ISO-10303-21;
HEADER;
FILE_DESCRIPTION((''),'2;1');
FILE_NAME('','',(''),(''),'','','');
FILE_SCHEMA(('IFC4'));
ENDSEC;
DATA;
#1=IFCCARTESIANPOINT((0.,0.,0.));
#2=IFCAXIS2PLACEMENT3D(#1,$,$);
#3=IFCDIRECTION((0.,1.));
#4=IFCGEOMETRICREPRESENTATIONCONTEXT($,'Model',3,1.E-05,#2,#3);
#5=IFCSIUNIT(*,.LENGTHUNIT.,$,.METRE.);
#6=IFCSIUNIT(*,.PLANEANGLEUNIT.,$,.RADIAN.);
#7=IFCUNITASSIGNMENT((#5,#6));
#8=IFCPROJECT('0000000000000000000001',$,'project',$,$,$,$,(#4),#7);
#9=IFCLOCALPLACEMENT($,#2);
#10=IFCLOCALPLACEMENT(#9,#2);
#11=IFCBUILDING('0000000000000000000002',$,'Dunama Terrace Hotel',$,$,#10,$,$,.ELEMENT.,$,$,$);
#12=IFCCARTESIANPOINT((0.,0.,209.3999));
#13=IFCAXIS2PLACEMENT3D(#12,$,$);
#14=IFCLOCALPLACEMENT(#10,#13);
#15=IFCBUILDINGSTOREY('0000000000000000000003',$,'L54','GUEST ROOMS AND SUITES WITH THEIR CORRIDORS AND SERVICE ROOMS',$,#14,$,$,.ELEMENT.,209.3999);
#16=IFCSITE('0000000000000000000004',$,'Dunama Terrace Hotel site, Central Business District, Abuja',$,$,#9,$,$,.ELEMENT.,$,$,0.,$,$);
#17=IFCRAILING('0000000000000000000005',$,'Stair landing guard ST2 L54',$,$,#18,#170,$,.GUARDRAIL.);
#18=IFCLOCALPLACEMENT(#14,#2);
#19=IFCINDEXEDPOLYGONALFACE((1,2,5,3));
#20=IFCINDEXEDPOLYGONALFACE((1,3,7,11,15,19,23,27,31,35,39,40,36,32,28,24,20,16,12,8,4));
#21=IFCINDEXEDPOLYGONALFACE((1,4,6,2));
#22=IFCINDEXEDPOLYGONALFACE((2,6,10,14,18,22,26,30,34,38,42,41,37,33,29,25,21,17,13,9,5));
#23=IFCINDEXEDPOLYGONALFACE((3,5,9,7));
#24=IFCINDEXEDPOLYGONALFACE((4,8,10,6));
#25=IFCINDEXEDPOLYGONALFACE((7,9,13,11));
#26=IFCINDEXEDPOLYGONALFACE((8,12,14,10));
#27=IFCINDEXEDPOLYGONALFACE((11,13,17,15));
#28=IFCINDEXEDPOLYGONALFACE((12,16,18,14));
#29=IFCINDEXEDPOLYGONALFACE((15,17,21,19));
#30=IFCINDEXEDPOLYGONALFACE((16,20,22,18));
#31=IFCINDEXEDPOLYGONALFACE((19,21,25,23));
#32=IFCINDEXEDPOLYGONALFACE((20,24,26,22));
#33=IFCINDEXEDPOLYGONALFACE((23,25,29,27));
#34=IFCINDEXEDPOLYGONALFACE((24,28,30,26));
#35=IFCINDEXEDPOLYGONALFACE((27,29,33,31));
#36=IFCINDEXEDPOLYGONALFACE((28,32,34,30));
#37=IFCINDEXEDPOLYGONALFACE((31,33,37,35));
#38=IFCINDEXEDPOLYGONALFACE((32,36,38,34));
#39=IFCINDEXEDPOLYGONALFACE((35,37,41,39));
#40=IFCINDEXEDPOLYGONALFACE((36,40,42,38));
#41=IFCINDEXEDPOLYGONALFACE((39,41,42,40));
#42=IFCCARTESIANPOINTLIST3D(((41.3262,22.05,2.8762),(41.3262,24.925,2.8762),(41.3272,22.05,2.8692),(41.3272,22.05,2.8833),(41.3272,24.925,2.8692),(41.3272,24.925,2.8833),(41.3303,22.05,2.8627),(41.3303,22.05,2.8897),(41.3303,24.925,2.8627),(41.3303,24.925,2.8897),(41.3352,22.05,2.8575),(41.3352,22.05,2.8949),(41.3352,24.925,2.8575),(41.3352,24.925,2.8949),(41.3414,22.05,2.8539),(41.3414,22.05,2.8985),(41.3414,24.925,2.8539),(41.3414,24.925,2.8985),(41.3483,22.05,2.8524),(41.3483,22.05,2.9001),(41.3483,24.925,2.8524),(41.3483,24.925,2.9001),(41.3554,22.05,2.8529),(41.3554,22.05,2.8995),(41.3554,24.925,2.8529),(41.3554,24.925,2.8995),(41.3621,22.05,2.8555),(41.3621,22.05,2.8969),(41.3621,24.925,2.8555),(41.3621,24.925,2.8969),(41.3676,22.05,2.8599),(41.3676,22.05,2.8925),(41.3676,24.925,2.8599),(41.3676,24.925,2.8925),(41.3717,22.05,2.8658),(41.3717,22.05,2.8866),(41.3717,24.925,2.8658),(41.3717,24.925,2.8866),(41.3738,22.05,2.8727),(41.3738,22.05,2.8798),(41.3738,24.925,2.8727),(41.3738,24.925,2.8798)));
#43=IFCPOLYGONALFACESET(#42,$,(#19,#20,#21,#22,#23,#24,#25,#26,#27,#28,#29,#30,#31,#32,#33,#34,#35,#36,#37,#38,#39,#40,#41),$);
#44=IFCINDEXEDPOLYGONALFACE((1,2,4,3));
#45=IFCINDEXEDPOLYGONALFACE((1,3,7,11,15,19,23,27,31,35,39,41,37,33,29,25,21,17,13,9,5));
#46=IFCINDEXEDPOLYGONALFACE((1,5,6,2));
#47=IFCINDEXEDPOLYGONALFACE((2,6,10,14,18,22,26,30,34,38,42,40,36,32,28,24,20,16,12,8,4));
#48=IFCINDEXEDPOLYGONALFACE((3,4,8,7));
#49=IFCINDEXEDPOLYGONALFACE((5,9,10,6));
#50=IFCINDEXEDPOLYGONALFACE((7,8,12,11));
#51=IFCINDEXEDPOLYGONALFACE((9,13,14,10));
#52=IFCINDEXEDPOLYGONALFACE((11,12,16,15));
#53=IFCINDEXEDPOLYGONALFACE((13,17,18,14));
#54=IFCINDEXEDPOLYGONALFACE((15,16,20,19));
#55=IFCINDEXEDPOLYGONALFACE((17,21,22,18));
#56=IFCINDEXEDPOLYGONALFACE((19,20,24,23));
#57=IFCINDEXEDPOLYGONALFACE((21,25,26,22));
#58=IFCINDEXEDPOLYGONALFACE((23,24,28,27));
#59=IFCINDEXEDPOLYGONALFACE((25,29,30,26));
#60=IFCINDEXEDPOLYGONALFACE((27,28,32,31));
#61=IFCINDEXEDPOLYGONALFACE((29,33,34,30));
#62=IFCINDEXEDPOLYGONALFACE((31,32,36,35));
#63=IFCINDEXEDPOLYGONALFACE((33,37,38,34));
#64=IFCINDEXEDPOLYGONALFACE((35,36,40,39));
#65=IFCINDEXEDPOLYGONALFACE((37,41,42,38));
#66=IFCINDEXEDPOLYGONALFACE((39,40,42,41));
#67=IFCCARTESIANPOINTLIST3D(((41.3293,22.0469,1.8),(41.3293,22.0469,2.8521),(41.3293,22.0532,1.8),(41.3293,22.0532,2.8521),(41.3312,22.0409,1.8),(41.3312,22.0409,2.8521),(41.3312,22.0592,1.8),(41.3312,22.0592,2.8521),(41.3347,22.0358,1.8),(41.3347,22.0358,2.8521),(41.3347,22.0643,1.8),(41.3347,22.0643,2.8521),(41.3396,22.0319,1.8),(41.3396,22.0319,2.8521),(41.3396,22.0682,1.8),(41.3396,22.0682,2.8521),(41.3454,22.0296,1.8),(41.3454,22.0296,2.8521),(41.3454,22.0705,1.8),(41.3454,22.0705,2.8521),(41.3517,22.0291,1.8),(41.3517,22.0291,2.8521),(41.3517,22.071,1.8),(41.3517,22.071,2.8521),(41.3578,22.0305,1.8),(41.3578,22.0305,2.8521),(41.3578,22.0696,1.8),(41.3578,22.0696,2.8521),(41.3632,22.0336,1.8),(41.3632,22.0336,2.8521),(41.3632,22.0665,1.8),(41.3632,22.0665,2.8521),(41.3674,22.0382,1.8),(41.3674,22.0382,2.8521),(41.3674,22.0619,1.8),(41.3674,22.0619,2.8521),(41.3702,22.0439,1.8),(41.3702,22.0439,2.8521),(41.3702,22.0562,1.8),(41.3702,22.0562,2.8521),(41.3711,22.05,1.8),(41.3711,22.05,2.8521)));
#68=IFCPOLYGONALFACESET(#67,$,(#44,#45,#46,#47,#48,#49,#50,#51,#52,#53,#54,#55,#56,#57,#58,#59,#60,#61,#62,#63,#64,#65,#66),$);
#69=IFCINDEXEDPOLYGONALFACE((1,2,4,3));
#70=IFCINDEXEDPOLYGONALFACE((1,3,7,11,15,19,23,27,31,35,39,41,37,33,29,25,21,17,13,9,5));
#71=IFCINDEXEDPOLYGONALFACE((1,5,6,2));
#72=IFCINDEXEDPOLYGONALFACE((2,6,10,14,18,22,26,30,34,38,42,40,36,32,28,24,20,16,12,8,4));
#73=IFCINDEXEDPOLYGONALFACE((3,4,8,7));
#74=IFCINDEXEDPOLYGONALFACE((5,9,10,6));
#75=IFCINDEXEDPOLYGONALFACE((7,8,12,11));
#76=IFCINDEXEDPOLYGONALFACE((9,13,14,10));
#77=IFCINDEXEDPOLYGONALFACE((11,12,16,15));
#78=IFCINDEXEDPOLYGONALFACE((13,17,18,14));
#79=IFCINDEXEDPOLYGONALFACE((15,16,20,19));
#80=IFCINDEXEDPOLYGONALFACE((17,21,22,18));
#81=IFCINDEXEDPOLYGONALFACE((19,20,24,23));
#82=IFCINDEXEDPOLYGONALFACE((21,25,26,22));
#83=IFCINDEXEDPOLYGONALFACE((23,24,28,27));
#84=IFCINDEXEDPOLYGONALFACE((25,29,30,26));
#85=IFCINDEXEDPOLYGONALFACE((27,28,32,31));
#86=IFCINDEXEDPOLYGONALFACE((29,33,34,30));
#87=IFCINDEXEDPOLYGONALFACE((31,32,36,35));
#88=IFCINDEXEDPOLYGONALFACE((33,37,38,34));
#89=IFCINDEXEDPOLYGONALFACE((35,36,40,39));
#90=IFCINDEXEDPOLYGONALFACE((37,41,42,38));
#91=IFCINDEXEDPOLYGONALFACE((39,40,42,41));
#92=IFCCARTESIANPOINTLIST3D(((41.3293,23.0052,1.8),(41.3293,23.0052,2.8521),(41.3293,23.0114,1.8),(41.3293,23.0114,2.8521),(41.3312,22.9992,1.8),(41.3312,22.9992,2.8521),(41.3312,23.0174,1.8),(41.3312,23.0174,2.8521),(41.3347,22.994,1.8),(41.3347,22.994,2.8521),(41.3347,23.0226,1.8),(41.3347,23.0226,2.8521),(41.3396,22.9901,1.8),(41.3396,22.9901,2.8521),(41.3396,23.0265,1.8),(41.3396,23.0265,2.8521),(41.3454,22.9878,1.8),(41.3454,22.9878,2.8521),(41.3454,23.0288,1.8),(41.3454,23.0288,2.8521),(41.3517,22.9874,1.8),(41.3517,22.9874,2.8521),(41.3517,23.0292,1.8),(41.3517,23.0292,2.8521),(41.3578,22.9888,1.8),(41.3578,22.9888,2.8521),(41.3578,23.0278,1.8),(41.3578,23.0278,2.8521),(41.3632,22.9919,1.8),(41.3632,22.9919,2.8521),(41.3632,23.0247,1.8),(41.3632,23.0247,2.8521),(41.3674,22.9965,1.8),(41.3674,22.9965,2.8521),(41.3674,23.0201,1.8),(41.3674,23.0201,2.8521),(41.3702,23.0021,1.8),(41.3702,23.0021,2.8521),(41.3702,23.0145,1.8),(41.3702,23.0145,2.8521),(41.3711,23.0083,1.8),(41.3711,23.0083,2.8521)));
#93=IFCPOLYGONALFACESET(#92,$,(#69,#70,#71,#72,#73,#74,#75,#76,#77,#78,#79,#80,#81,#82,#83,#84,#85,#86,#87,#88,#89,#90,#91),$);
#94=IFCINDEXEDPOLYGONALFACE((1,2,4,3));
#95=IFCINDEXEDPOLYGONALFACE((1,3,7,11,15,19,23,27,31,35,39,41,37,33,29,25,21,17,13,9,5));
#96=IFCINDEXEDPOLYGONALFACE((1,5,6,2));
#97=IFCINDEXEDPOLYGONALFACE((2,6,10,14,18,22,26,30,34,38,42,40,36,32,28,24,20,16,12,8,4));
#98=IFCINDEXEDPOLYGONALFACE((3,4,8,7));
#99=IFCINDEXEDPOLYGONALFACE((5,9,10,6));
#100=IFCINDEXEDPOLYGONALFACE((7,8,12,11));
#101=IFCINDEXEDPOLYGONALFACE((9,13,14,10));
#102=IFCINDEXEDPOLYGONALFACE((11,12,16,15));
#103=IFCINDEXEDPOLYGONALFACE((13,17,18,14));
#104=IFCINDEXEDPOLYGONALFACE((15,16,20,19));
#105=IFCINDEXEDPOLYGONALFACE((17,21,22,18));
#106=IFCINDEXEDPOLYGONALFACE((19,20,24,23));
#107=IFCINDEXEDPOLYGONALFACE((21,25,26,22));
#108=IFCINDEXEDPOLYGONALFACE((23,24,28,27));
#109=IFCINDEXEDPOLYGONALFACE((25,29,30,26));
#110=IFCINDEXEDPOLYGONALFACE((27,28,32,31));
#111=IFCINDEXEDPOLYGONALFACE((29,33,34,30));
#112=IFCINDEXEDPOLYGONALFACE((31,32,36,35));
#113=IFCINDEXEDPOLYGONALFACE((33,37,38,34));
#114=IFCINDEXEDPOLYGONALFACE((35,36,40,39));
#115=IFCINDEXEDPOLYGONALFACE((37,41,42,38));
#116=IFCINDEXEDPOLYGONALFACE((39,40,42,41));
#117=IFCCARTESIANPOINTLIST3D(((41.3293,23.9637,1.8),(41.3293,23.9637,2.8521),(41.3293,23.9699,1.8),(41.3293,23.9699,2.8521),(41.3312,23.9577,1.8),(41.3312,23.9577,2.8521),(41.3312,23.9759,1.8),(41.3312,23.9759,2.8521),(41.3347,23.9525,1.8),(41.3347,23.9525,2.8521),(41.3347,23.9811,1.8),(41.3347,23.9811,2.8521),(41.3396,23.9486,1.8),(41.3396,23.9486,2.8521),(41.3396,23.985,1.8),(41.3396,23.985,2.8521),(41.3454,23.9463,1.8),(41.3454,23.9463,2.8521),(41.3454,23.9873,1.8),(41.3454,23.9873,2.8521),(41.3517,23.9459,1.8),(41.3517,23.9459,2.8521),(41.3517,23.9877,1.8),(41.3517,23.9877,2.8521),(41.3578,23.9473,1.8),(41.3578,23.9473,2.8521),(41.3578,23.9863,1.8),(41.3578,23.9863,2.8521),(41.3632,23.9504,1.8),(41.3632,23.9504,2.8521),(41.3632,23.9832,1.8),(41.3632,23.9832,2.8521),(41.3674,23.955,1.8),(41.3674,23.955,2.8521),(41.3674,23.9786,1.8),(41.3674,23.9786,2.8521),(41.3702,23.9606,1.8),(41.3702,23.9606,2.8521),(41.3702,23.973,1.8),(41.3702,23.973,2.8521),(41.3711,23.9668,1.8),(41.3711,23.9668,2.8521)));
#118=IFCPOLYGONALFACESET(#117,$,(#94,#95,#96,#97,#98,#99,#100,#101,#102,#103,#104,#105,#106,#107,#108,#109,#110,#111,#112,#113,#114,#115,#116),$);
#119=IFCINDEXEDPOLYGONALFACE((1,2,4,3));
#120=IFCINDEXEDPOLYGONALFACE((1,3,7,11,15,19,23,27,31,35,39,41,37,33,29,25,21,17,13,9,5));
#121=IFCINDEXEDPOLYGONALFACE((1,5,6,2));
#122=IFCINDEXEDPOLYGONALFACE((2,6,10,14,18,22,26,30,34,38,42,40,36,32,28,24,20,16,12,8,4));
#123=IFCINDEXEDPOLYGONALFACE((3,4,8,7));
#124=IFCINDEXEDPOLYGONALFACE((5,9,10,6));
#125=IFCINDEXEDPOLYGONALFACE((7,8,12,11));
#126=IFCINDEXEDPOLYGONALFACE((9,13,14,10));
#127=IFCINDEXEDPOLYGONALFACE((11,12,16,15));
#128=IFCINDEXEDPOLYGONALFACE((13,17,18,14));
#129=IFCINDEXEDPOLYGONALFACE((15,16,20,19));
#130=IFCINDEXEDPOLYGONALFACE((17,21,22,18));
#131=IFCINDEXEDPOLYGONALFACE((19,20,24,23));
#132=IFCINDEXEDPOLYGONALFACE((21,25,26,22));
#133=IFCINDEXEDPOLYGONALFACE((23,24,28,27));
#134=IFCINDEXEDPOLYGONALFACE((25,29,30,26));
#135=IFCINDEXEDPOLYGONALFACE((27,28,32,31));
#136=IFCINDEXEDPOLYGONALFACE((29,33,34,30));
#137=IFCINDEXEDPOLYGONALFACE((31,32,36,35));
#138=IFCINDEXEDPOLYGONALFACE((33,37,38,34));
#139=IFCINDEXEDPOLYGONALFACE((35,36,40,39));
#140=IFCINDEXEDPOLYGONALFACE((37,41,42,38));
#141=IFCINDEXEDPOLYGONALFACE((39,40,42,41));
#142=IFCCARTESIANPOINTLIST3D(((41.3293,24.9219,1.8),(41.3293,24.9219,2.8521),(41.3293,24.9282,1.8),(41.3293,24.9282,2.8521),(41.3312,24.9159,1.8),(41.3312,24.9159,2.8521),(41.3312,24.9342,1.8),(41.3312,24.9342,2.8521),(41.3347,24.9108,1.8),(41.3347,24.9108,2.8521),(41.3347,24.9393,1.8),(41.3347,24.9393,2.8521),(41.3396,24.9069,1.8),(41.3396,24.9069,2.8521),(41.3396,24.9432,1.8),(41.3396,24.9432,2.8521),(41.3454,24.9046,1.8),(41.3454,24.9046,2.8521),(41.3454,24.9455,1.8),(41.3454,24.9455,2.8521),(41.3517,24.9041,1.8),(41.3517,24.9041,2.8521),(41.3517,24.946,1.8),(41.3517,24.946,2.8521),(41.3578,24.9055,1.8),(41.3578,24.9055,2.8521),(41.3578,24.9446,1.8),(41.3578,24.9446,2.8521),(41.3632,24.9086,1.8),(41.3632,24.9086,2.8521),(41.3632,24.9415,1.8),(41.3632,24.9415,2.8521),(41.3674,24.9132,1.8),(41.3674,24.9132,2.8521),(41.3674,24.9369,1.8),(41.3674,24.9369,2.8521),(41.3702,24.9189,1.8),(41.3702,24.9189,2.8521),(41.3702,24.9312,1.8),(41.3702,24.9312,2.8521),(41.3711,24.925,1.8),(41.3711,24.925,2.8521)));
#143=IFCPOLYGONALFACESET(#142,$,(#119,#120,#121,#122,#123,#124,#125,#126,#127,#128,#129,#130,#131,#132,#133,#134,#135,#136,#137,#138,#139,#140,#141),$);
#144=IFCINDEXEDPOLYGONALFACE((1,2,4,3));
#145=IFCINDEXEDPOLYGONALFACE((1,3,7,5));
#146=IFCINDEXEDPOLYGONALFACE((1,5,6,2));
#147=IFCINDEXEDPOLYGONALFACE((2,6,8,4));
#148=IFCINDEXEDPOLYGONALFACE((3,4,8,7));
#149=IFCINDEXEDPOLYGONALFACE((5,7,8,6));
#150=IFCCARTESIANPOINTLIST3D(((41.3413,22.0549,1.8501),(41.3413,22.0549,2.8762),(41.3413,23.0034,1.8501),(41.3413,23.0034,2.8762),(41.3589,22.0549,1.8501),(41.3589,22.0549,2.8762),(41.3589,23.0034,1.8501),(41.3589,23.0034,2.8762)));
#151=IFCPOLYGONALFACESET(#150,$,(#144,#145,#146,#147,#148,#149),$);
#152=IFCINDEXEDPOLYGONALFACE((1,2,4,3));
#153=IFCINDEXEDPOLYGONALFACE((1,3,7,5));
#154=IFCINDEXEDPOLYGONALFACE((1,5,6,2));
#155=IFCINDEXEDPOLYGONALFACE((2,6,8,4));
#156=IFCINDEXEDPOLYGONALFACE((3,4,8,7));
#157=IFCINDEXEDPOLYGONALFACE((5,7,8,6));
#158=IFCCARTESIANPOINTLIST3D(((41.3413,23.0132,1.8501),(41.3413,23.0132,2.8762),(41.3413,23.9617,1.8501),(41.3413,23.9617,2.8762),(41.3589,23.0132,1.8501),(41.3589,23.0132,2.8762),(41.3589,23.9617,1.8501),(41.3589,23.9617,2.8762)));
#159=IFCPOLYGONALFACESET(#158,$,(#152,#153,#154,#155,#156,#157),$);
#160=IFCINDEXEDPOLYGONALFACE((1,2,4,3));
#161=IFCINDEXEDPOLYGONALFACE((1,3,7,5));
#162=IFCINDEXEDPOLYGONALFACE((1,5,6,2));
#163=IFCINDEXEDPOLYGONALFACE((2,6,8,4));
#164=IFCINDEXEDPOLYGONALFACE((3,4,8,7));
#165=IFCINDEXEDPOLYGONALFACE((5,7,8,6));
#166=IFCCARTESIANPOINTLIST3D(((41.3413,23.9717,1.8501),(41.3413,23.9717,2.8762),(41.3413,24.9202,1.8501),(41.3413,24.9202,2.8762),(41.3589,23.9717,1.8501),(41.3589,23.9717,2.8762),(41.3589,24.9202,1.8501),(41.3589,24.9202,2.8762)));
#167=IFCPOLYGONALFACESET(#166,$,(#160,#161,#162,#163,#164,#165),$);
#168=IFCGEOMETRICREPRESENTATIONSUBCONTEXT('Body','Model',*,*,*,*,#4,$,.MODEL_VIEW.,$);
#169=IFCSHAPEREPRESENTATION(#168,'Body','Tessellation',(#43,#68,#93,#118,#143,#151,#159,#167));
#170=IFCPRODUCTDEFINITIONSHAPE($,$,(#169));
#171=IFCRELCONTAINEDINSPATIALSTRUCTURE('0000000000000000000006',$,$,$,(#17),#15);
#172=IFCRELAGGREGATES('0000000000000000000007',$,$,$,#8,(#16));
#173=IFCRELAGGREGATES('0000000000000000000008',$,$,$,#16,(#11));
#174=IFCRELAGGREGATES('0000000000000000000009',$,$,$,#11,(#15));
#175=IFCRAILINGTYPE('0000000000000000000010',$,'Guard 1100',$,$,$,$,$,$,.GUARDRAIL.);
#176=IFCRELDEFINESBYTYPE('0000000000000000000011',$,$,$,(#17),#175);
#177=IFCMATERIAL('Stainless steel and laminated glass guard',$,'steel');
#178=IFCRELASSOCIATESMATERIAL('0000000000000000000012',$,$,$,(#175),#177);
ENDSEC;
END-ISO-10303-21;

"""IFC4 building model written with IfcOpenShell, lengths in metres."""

from ifc_helpers import new_model, si_unit, direction, frame, origin, origin_2d, place, context, subcontext, project, spatial, polyline, circle, outline, extrude, material, type_object, element, save


model = new_model("IFC4")

# Units and contexts
model_context = context("Model", 3, precision=1e-05, world=origin(), true_north=direction((0.0, 1.0)))
body_context = subcontext(model_context, "Body", "Model", "MODEL_VIEW")
ifc_project = project(units=[si_unit("LENGTHUNIT", "METRE"), si_unit("PLANEANGLEUNIT", "RADIAN")], contexts=[model_context])

# Site, building, storey
site_placement = place(None, origin())
site = spatial("IfcSite", under=ifc_project, at=site_placement, Name="Dunama Terrace Hotel site, Central Business District, Abuja", CompositionType="ELEMENT", RefElevation=0.0)
building_placement = place(site_placement, origin())
building = spatial("IfcBuilding", under=site, at=building_placement, Name="Dunama Terrace Hotel", CompositionType="ELEMENT")
storey_placement = place(building_placement, frame((0.0, 0.0, 209.3999)))
storey = spatial("IfcBuildingStorey", under=building, at=storey_placement, Name="L54", Description="GUEST ROOMS AND SUITES WITH THEIR CORRIDORS AND SERVICE ROOMS", CompositionType="ELEMENT", Elevation=209.3999)

# Railing
ifc_material_1 = material(Name="Stainless steel and laminated glass guard", Category="steel")
railing_type_1 = type_object("IfcRailingType", Name="Guard 1100", PredefinedType="GUARDRAIL", material=ifc_material_1)
railing_1_placement = place(storey_placement, frame((41.3501, 22.05, 1.8)))
element("IfcRailing", 1, at=railing_1_placement, inside=storey, type_object=railing_type_1, Name="Stair landing guard ST2 L54", PredefinedType="GUARDRAIL", context=body_context, shape_type="SweptSolid", body=[
    extrude(circle(Radius=0.0239, at=origin_2d()), frame((0.0, 0.0, 1.0762), z_axis=(0.0, 1.0, 0.0), x_axis=(-1.0, 0.0, 0.0)), (0.0, 0.0, 1.0), 2.875),
    extrude(circle(Radius=0.021, at=origin_2d()), origin(), (0.0, 0.0, 1.0), 1.052),
    extrude(circle(Radius=0.021, at=origin_2d()), frame((0.0, 0.9583, 0.0)), (0.0, 0.0, 1.0), 1.052),
    extrude(circle(Radius=0.021, at=origin_2d()), frame((0.0, 1.9167, 0.0)), (0.0, 0.0, 1.0), 1.052),
    extrude(circle(Radius=0.021, at=origin_2d()), frame((0.0, 2.875, 0.0)), (0.0, 0.0, 1.0), 1.052),
    extrude(outline(polyline([(0.0049, 0.05), (0.9534, 0.05), (0.9534, 1.0762), (0.0049, 1.0762), (0.0049, 0.05)])), frame((-0.0088, 0.0, 0.0), z_axis=(1.0, 0.0, 0.0), x_axis=(0.0, 1.0, 0.0)), (0.0, 0.0, 1.0), 0.0176),
    extrude(outline(polyline([(0.0049, 0.05), (0.9534, 0.05), (0.9534, 1.0762), (0.0049, 1.0762), (0.0049, 0.05)])), frame((-0.0088, 0.9583, 0.0), z_axis=(1.0, 0.0, 0.0), x_axis=(0.0, 1.0, 0.0)), (0.0, 0.0, 1.0), 0.0176),
    extrude(outline(polyline([(0.0049, 0.05), (0.9534, 0.05), (0.9534, 1.0762), (0.0049, 1.0762), (0.0049, 0.05)])), frame((-0.0088, 1.9167, 0.0), z_axis=(1.0, 0.0, 0.0), x_axis=(0.0, 1.0, 0.0)), (0.0, 0.0, 1.0), 0.0176),
])

save(model, "model.ifc")
